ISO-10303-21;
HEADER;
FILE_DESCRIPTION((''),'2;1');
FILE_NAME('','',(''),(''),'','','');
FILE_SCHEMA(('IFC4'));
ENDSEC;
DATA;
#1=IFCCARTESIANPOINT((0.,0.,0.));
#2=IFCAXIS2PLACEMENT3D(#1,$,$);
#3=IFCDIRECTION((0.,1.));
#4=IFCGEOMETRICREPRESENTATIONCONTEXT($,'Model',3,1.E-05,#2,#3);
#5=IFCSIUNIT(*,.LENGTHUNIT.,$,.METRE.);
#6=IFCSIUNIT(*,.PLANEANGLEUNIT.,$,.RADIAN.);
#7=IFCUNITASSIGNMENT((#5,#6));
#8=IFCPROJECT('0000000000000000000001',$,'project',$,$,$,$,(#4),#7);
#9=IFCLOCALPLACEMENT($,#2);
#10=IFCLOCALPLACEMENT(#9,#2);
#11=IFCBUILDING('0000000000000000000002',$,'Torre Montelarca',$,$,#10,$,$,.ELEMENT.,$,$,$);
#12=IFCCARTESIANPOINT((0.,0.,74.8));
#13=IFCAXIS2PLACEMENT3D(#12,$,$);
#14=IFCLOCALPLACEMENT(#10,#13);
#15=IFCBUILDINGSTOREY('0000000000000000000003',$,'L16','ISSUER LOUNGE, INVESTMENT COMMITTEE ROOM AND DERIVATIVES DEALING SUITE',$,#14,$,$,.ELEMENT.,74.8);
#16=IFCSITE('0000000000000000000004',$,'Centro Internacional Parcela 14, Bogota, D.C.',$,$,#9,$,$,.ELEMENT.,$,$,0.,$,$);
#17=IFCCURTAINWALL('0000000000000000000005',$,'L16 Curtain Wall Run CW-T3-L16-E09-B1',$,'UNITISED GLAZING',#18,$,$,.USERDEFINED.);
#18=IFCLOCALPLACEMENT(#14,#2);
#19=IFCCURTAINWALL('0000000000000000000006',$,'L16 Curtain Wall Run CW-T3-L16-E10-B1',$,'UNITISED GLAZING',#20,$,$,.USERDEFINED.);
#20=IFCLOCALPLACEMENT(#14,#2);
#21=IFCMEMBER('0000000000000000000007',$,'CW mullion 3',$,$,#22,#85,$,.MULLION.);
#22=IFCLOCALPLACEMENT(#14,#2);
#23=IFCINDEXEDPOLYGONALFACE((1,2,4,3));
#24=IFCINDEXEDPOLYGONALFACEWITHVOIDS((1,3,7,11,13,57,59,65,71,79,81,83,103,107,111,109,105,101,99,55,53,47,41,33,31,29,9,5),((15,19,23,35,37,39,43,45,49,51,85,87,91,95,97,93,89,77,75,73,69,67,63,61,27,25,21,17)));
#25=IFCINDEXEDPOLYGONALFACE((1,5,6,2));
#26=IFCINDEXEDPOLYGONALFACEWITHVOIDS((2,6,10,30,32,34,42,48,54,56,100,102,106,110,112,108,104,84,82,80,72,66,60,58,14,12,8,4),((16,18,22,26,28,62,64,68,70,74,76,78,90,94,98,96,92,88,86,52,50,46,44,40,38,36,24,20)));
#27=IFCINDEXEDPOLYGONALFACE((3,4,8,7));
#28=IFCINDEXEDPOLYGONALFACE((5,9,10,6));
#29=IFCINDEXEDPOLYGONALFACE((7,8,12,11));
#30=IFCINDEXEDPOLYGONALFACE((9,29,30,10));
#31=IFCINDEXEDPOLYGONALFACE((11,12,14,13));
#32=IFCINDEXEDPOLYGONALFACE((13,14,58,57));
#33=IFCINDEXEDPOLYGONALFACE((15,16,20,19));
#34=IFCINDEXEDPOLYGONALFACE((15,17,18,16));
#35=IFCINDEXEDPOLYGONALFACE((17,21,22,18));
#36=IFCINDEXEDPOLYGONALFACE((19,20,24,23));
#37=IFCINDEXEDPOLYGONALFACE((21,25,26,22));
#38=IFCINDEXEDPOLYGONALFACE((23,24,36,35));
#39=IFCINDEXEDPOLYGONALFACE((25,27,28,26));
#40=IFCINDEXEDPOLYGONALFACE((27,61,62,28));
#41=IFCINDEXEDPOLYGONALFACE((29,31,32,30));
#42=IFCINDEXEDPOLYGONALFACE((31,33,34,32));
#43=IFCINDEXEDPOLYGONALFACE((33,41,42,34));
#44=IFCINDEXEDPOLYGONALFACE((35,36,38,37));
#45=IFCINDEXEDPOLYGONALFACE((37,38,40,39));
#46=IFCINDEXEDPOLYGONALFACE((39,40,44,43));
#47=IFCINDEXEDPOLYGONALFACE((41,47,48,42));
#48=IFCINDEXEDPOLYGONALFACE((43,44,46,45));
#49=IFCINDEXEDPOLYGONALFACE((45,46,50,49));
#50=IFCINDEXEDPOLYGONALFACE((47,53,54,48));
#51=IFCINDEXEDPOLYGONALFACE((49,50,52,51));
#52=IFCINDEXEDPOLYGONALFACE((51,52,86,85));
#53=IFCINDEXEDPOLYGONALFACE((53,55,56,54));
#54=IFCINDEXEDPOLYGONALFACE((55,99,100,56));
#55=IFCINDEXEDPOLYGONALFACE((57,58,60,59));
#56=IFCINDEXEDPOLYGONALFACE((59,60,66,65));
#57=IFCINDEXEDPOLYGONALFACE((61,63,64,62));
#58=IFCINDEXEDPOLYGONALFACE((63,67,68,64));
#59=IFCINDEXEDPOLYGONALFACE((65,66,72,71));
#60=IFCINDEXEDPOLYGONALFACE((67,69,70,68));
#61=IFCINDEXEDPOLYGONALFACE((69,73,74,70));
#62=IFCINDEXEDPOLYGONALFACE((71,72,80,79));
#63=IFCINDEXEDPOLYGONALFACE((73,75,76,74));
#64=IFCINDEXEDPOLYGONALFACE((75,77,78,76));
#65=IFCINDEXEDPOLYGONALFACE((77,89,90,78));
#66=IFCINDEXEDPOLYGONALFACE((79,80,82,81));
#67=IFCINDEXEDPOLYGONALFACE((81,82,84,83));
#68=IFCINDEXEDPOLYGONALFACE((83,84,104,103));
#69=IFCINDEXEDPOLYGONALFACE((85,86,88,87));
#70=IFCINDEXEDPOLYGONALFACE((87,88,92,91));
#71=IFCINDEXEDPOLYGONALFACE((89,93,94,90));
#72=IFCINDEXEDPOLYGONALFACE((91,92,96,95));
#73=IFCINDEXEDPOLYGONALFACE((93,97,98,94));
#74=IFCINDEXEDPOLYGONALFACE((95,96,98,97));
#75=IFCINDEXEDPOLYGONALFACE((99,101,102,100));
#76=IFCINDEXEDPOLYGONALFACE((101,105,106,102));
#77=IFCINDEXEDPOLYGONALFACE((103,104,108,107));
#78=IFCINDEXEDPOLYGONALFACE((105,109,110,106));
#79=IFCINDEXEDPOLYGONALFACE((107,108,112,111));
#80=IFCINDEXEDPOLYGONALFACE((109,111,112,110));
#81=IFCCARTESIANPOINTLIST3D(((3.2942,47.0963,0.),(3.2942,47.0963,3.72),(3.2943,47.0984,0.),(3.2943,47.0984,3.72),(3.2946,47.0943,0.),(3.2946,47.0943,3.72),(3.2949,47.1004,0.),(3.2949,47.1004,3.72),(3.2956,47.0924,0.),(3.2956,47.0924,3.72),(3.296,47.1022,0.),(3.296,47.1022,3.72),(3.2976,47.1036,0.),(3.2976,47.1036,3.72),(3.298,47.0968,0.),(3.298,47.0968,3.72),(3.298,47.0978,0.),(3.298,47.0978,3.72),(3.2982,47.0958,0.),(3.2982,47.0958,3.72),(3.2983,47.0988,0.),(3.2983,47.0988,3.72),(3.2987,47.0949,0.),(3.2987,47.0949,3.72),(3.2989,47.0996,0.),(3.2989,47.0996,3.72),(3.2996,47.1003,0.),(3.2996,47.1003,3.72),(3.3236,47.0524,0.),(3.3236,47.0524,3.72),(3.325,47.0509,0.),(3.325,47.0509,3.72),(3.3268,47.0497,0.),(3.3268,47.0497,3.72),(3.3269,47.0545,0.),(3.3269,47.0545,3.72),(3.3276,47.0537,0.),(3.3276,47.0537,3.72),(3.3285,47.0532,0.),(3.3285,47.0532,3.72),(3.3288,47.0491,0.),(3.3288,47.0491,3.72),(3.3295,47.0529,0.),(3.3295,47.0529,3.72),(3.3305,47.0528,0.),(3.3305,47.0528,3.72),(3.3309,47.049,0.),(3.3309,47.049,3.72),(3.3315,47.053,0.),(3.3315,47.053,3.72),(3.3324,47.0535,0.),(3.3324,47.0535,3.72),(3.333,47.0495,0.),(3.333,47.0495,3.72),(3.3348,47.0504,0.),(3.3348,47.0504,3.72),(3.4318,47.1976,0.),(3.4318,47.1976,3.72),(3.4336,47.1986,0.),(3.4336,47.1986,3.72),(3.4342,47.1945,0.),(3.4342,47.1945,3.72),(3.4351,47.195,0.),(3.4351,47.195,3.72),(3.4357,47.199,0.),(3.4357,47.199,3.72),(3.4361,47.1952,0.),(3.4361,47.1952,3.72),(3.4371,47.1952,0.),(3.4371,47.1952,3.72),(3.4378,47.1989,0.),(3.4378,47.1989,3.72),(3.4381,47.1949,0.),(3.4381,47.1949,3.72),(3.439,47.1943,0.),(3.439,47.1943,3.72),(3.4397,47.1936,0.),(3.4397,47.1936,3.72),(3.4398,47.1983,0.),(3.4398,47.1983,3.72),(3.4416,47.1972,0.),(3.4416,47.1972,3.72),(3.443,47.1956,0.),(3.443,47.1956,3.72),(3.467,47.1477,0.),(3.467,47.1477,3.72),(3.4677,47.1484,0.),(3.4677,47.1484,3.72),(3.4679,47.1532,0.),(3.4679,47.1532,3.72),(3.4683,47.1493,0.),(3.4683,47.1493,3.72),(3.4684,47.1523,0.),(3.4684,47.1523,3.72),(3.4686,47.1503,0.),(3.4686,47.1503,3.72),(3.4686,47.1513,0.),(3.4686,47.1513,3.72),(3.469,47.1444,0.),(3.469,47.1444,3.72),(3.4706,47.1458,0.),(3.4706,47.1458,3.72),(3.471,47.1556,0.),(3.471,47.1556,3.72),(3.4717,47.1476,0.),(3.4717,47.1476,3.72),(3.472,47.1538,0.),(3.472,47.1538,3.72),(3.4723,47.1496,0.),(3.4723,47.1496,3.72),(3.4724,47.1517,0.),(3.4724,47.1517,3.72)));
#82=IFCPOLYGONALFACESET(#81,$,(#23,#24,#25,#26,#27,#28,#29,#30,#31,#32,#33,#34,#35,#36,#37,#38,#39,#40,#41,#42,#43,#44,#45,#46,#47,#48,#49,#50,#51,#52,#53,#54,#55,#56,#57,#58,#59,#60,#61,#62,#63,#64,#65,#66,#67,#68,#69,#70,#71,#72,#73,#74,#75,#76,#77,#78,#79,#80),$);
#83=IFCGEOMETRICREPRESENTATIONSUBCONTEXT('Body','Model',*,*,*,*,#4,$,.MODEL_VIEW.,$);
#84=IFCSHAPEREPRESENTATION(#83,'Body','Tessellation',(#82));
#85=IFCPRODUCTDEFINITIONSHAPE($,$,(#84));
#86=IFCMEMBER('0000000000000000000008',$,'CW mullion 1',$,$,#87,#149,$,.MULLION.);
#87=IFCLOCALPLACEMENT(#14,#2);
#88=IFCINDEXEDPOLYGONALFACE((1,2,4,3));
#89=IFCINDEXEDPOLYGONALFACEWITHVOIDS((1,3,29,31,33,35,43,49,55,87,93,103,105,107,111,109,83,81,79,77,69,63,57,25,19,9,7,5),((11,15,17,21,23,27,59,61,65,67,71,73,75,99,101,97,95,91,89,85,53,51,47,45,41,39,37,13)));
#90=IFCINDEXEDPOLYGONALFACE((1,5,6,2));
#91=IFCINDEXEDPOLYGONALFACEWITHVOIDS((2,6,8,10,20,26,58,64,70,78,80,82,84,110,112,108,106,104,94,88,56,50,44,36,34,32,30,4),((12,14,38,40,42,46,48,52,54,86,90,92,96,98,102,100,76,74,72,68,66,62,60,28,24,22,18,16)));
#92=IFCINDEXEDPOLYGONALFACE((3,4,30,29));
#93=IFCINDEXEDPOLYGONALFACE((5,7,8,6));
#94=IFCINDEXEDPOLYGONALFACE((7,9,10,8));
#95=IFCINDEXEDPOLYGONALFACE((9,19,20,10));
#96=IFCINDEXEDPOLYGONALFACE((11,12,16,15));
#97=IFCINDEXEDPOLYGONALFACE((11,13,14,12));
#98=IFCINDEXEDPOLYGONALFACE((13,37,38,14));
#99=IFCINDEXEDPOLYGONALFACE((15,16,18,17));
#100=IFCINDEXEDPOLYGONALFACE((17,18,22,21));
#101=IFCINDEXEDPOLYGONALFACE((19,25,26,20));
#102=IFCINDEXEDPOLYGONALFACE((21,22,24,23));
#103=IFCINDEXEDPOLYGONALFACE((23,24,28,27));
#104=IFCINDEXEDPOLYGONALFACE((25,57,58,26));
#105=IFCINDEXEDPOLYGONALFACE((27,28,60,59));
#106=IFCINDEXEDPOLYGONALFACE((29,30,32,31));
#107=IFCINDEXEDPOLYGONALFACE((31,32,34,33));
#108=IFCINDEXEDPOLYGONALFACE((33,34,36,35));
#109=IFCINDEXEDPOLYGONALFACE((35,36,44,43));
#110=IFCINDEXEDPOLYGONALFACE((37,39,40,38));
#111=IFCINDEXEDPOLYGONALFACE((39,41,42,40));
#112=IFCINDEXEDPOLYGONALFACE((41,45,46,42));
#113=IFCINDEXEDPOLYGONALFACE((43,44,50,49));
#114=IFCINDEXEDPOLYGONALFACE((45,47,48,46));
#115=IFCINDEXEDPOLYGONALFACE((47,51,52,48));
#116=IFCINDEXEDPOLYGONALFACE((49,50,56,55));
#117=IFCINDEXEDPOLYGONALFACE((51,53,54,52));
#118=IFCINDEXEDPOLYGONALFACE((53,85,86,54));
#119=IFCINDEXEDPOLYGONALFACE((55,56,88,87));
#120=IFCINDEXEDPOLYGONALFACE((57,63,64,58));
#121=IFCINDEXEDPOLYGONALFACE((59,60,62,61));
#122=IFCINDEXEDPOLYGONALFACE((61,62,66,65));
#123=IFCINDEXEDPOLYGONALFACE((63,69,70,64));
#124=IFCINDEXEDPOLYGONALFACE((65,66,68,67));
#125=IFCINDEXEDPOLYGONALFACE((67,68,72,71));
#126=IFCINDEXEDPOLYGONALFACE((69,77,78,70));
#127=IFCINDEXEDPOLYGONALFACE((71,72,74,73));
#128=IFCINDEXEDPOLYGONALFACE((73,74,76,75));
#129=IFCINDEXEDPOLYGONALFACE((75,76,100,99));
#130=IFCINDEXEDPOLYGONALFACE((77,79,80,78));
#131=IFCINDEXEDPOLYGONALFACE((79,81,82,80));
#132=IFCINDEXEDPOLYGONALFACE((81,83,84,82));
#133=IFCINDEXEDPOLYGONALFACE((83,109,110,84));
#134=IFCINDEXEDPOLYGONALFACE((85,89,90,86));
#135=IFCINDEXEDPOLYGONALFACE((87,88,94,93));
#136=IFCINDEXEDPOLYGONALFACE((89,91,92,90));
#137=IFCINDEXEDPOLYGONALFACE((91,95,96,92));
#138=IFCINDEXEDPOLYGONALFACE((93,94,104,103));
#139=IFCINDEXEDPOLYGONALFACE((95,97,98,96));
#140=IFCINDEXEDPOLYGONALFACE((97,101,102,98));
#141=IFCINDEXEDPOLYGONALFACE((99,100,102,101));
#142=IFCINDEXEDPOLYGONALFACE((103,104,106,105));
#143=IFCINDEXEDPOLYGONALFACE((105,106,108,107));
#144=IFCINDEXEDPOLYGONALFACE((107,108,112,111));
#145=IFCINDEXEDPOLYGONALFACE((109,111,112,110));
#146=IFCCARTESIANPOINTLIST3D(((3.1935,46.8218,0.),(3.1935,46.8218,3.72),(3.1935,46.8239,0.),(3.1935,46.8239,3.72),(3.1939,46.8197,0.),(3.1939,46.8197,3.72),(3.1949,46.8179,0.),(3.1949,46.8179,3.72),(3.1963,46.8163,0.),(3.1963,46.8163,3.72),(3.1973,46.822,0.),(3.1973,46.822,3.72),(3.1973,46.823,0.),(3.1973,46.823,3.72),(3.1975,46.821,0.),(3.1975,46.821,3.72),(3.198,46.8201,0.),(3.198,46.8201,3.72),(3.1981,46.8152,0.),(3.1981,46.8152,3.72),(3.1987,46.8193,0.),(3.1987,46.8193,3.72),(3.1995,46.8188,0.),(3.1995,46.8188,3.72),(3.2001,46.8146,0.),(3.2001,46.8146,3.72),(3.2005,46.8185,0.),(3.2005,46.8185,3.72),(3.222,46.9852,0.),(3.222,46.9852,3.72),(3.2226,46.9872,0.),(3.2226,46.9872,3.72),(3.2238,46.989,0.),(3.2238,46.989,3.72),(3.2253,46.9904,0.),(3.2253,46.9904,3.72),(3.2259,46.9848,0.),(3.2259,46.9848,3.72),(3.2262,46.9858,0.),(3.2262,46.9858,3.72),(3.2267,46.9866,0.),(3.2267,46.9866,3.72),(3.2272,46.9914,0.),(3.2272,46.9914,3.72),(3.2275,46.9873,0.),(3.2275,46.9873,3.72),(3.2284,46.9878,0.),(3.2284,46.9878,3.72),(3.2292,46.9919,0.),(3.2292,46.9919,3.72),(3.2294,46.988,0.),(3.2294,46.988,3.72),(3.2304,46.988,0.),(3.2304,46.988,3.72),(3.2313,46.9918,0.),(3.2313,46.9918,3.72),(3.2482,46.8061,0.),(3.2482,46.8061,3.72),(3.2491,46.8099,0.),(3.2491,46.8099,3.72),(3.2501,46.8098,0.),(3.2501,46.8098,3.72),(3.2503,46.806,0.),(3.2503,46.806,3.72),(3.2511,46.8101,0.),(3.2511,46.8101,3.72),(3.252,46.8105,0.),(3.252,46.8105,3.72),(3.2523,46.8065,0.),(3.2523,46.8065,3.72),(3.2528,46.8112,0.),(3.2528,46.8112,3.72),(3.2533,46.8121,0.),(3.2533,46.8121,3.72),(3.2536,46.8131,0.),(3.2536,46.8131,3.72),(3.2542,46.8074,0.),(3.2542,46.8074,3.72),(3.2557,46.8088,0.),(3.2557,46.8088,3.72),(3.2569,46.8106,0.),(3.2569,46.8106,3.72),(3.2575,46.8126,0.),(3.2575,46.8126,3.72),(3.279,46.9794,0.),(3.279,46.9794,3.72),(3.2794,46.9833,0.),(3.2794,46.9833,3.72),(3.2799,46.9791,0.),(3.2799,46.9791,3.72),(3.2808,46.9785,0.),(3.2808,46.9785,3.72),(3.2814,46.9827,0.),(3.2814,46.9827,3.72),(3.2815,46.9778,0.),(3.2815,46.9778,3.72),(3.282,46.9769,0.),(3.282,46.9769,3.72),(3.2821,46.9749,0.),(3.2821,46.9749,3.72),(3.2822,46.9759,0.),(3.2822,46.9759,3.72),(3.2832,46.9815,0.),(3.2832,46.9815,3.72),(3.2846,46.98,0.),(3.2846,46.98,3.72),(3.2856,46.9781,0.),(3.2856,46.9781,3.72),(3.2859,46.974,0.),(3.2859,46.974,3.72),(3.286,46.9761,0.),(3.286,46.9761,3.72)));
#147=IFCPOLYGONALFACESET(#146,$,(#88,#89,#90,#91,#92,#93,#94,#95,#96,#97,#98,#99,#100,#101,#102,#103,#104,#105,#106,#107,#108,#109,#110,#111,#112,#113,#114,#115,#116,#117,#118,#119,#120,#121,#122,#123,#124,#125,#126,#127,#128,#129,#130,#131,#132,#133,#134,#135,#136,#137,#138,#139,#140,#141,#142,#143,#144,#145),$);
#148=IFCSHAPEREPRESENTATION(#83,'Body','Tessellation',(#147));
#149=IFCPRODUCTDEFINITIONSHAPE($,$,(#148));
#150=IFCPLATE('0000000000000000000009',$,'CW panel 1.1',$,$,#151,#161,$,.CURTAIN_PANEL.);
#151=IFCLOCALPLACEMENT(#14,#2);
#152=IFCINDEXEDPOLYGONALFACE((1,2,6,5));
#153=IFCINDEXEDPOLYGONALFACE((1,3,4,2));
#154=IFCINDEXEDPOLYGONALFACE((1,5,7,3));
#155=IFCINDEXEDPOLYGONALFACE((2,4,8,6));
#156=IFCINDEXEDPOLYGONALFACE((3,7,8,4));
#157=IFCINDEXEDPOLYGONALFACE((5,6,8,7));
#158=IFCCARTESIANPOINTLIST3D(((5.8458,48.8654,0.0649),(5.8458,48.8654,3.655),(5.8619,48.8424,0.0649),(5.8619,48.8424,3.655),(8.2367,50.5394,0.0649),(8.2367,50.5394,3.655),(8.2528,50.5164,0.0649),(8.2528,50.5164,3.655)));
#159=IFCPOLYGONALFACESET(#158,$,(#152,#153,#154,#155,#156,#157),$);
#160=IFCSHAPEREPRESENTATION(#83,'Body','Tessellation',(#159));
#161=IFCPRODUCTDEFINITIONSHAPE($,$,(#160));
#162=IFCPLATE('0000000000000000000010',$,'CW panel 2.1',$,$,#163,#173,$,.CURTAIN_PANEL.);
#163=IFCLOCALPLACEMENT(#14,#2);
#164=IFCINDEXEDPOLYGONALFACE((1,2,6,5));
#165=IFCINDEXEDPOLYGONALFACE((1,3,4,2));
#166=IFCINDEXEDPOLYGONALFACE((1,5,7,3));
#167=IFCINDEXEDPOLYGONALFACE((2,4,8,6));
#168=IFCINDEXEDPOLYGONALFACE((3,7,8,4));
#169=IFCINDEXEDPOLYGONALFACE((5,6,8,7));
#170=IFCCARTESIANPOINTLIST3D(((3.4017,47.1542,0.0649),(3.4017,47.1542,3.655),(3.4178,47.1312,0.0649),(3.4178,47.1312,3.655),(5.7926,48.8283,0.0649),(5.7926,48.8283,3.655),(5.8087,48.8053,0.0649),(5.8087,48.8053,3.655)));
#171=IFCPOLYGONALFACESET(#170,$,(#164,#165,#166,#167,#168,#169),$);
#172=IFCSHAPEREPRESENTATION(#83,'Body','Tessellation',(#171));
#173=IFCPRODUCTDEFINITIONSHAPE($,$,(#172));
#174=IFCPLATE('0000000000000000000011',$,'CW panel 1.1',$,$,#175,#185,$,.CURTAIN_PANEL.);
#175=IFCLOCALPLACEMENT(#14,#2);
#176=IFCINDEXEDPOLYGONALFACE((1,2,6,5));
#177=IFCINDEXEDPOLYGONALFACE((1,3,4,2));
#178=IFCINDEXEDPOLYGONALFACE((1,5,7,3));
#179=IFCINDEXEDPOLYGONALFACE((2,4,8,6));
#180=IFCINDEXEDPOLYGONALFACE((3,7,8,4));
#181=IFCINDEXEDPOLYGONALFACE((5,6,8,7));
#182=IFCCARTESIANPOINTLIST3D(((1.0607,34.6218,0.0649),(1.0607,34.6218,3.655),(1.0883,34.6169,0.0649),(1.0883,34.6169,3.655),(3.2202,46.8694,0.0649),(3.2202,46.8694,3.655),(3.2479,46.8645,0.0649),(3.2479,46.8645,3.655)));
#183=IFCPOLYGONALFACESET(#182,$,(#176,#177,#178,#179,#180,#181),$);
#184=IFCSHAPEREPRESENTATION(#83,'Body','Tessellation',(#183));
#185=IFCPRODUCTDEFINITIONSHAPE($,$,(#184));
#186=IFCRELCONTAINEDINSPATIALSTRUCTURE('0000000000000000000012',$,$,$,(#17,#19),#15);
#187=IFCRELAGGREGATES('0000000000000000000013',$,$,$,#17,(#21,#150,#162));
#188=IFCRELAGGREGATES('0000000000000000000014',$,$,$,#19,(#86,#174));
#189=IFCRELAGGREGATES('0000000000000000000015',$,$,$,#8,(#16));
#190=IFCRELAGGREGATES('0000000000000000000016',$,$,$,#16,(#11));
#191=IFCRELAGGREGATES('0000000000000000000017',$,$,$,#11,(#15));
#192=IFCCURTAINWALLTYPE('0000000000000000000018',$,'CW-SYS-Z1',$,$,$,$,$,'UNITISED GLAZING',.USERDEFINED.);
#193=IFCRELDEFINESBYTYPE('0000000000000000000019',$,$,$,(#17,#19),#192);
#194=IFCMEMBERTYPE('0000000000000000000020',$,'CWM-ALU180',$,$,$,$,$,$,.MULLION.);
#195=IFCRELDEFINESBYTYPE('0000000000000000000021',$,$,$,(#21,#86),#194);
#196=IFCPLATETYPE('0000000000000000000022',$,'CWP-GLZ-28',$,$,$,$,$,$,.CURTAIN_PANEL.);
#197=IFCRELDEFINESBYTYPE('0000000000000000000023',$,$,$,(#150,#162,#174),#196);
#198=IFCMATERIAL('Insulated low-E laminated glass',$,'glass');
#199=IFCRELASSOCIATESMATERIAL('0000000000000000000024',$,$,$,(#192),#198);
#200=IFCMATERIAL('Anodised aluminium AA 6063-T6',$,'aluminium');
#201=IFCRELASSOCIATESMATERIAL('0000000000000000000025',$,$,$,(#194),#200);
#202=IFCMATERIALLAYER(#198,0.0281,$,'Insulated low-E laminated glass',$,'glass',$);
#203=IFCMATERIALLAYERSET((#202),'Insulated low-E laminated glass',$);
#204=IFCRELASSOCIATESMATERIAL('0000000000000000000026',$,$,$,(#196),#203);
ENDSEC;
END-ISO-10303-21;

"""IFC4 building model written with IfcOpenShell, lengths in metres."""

from ifc_helpers import new_model, si_unit, direction, frame, origin, origin_2d, place, context, subcontext, project, spatial, rectangle, hollow_rectangle, extrude, source, transform, mapped, material, layer, layer_set, material_profile, profile_set, type_object, element, aggregate, save


model = new_model("IFC4")

# Units and contexts
model_context = context("Model", 3, precision=1e-05, world=origin(), true_north=direction((0.0, 1.0)))
body_context = subcontext(model_context, "Body", "Model", "MODEL_VIEW")
ifc_project = project(units=[si_unit("LENGTHUNIT", "METRE"), si_unit("PLANEANGLEUNIT", "RADIAN")], contexts=[model_context])

# Site, building, storey
site_placement = place(None, origin())
site = spatial("IfcSite", under=ifc_project, at=site_placement, Name="Centro Internacional Parcela 14, Bogota, D.C.", CompositionType="ELEMENT", RefElevation=0.0)
building_placement = place(site_placement, origin())
building = spatial("IfcBuilding", under=site, at=building_placement, Name="Torre Montelarca", CompositionType="ELEMENT")
storey_placement = place(building_placement, frame((0.0, 0.0, 74.8)))
storey = spatial("IfcBuildingStorey", under=building, at=storey_placement, Name="L16", Description="ISSUER LOUNGE, INVESTMENT COMMITTEE ROOM AND DERIVATIVES DEALING SUITE", CompositionType="ELEMENT", Elevation=74.8)

# Curtain walls
ifc_material_1 = material(Name="Insulated low-E laminated glass", Category="glass")
curtain_wall_type = type_object("IfcCurtainWallType", Name="CW-SYS-Z1", ElementType="UNITISED GLAZING", PredefinedType="USERDEFINED", material=ifc_material_1)
curtain_wall_1_placement = place(storey_placement, origin())
curtain_wall_1 = element("IfcCurtainWall", 1, at=curtain_wall_1_placement, inside=storey, type_object=curtain_wall_type, Name="L16 Curtain Wall Run CW-T3-L16-E09-B1", ObjectType="UNITISED GLAZING", PredefinedType="USERDEFINED")
ifc_material_2 = material(Name="Anodised aluminium AA 6063-T6", Category="aluminium")
curtain_wall_2_placement = place(storey_placement, origin())
curtain_wall_2 = element("IfcCurtainWall", 2, at=curtain_wall_2_placement, inside=storey, type_object=curtain_wall_type, Name="L16 Curtain Wall Run CW-T3-L16-E10-B1", ObjectType="UNITISED GLAZING", PredefinedType="USERDEFINED")

# Members
ifc_material_profile_1 = material_profile(ifc_material_2, hollow_rectangle(XDim=0.0649, YDim=0.1799, WallThickness=0.0039, InnerFilletRadius=0.0039, OuterFilletRadius=0.0081, at=origin_2d()), Name="ALU65X180X4", Category="aluminium")
ifc_profile_set_1 = profile_set([ifc_material_profile_1], Name="Anodised aluminium AA 6063-T6")
member_type_1 = type_object("IfcMemberType", Name="CWM-ALU180", PredefinedType="MULLION", material=ifc_profile_set_1)
shared_shape_1 = source(origin(), body_context, "Body", "SweptSolid", [
    extrude(hollow_rectangle(XDim=0.0649, YDim=0.1799, WallThickness=0.0039, InnerFilletRadius=0.0039, OuterFilletRadius=0.0081, at=origin_2d()), origin(), (0.0, 0.0, 1.0), 3.72),
])
member_1_placement = place(storey_placement, frame((3.3833, 47.124, 0.0), z_axis=(0.0, 0.0, 1.0), x_axis=(0.573554, -0.819168, 0.0)))
member_1 = element("IfcMember", 3, at=member_1_placement, type_object=member_type_1, Name="CW mullion 3", PredefinedType="MULLION", context=body_context, shape_type="MappedRepresentation", body=[
    mapped(shared_shape_1, transform((0.0, 0.0, 0.0), scale=1.0)),
])
member_2_placement = place(storey_placement, frame((3.2397, 46.8989, 0.0), z_axis=(0.0, 0.0, 1.0), x_axis=(0.984808, -0.173646, 0.0)))
member_2 = element("IfcMember", 4, at=member_2_placement, type_object=member_type_1, Name="CW mullion 1", PredefinedType="MULLION", context=body_context, shape_type="MappedRepresentation", body=[
    mapped(shared_shape_1, transform((0.0, 0.0, 0.0), scale=1.0)),
])

# Plates
ifc_layer_1 = layer(ifc_material_1, 0.0281, Name="Insulated low-E laminated glass", Category="glass")
ifc_layer_set_1 = layer_set([ifc_layer_1], Name="Insulated low-E laminated glass")
plate_type = type_object("IfcPlateType", Name="CWP-GLZ-28", PredefinedType="CURTAIN_PANEL", material=ifc_layer_set_1)
shared_shape_2 = source(origin(), body_context, "Body", "SweptSolid", [
    extrude(rectangle(XDim=2.9187, YDim=0.0281, at=origin_2d()), origin(), (0.0, 0.0, 1.0), 3.5901),
])
plate_1_placement = place(storey_placement, frame((7.0493, 49.6909, 0.0649), z_axis=(0.0, 0.0, 1.0), x_axis=(-0.819168, -0.573554, 0.0)))
plate_1 = element("IfcPlate", 5, at=plate_1_placement, type_object=plate_type, Name="CW panel 1.1", PredefinedType="CURTAIN_PANEL", context=body_context, shape_type="MappedRepresentation", body=[
    mapped(shared_shape_2, transform((0.0, 0.0, 0.0), scale=1.0)),
])
plate_2_placement = place(storey_placement, frame((4.6052, 47.9797, 0.0649), z_axis=(0.0, 0.0, 1.0), x_axis=(-0.819168, -0.573554, 0.0)))
plate_2 = element("IfcPlate", 6, at=plate_2_placement, type_object=plate_type, Name="CW panel 2.1", PredefinedType="CURTAIN_PANEL", context=body_context, shape_type="MappedRepresentation", body=[
    mapped(shared_shape_2, transform((0.0, 0.0, 0.0), scale=1.0)),
])
aggregate(curtain_wall_1, [member_1, plate_1, plate_2])
shared_shape_3 = source(origin(), body_context, "Body", "SweptSolid", [
    extrude(rectangle(XDim=12.4365, YDim=0.0281, at=origin_2d()), origin(), (0.0, 0.0, 1.0), 3.5901),
])
plate_3_placement = place(storey_placement, frame((2.1543, 40.7432, 0.0649), z_axis=(0.0, 0.0, 1.0), x_axis=(-0.173646, -0.984808, 0.0)))
plate_3 = element("IfcPlate", 7, at=plate_3_placement, type_object=plate_type, Name="CW panel 1.1", PredefinedType="CURTAIN_PANEL", context=body_context, shape_type="MappedRepresentation", body=[
    mapped(shared_shape_3, transform((0.0, 0.0, 0.0), scale=1.0)),
])
aggregate(curtain_wall_2, [member_2, plate_3])

save(model, "model.ifc")
